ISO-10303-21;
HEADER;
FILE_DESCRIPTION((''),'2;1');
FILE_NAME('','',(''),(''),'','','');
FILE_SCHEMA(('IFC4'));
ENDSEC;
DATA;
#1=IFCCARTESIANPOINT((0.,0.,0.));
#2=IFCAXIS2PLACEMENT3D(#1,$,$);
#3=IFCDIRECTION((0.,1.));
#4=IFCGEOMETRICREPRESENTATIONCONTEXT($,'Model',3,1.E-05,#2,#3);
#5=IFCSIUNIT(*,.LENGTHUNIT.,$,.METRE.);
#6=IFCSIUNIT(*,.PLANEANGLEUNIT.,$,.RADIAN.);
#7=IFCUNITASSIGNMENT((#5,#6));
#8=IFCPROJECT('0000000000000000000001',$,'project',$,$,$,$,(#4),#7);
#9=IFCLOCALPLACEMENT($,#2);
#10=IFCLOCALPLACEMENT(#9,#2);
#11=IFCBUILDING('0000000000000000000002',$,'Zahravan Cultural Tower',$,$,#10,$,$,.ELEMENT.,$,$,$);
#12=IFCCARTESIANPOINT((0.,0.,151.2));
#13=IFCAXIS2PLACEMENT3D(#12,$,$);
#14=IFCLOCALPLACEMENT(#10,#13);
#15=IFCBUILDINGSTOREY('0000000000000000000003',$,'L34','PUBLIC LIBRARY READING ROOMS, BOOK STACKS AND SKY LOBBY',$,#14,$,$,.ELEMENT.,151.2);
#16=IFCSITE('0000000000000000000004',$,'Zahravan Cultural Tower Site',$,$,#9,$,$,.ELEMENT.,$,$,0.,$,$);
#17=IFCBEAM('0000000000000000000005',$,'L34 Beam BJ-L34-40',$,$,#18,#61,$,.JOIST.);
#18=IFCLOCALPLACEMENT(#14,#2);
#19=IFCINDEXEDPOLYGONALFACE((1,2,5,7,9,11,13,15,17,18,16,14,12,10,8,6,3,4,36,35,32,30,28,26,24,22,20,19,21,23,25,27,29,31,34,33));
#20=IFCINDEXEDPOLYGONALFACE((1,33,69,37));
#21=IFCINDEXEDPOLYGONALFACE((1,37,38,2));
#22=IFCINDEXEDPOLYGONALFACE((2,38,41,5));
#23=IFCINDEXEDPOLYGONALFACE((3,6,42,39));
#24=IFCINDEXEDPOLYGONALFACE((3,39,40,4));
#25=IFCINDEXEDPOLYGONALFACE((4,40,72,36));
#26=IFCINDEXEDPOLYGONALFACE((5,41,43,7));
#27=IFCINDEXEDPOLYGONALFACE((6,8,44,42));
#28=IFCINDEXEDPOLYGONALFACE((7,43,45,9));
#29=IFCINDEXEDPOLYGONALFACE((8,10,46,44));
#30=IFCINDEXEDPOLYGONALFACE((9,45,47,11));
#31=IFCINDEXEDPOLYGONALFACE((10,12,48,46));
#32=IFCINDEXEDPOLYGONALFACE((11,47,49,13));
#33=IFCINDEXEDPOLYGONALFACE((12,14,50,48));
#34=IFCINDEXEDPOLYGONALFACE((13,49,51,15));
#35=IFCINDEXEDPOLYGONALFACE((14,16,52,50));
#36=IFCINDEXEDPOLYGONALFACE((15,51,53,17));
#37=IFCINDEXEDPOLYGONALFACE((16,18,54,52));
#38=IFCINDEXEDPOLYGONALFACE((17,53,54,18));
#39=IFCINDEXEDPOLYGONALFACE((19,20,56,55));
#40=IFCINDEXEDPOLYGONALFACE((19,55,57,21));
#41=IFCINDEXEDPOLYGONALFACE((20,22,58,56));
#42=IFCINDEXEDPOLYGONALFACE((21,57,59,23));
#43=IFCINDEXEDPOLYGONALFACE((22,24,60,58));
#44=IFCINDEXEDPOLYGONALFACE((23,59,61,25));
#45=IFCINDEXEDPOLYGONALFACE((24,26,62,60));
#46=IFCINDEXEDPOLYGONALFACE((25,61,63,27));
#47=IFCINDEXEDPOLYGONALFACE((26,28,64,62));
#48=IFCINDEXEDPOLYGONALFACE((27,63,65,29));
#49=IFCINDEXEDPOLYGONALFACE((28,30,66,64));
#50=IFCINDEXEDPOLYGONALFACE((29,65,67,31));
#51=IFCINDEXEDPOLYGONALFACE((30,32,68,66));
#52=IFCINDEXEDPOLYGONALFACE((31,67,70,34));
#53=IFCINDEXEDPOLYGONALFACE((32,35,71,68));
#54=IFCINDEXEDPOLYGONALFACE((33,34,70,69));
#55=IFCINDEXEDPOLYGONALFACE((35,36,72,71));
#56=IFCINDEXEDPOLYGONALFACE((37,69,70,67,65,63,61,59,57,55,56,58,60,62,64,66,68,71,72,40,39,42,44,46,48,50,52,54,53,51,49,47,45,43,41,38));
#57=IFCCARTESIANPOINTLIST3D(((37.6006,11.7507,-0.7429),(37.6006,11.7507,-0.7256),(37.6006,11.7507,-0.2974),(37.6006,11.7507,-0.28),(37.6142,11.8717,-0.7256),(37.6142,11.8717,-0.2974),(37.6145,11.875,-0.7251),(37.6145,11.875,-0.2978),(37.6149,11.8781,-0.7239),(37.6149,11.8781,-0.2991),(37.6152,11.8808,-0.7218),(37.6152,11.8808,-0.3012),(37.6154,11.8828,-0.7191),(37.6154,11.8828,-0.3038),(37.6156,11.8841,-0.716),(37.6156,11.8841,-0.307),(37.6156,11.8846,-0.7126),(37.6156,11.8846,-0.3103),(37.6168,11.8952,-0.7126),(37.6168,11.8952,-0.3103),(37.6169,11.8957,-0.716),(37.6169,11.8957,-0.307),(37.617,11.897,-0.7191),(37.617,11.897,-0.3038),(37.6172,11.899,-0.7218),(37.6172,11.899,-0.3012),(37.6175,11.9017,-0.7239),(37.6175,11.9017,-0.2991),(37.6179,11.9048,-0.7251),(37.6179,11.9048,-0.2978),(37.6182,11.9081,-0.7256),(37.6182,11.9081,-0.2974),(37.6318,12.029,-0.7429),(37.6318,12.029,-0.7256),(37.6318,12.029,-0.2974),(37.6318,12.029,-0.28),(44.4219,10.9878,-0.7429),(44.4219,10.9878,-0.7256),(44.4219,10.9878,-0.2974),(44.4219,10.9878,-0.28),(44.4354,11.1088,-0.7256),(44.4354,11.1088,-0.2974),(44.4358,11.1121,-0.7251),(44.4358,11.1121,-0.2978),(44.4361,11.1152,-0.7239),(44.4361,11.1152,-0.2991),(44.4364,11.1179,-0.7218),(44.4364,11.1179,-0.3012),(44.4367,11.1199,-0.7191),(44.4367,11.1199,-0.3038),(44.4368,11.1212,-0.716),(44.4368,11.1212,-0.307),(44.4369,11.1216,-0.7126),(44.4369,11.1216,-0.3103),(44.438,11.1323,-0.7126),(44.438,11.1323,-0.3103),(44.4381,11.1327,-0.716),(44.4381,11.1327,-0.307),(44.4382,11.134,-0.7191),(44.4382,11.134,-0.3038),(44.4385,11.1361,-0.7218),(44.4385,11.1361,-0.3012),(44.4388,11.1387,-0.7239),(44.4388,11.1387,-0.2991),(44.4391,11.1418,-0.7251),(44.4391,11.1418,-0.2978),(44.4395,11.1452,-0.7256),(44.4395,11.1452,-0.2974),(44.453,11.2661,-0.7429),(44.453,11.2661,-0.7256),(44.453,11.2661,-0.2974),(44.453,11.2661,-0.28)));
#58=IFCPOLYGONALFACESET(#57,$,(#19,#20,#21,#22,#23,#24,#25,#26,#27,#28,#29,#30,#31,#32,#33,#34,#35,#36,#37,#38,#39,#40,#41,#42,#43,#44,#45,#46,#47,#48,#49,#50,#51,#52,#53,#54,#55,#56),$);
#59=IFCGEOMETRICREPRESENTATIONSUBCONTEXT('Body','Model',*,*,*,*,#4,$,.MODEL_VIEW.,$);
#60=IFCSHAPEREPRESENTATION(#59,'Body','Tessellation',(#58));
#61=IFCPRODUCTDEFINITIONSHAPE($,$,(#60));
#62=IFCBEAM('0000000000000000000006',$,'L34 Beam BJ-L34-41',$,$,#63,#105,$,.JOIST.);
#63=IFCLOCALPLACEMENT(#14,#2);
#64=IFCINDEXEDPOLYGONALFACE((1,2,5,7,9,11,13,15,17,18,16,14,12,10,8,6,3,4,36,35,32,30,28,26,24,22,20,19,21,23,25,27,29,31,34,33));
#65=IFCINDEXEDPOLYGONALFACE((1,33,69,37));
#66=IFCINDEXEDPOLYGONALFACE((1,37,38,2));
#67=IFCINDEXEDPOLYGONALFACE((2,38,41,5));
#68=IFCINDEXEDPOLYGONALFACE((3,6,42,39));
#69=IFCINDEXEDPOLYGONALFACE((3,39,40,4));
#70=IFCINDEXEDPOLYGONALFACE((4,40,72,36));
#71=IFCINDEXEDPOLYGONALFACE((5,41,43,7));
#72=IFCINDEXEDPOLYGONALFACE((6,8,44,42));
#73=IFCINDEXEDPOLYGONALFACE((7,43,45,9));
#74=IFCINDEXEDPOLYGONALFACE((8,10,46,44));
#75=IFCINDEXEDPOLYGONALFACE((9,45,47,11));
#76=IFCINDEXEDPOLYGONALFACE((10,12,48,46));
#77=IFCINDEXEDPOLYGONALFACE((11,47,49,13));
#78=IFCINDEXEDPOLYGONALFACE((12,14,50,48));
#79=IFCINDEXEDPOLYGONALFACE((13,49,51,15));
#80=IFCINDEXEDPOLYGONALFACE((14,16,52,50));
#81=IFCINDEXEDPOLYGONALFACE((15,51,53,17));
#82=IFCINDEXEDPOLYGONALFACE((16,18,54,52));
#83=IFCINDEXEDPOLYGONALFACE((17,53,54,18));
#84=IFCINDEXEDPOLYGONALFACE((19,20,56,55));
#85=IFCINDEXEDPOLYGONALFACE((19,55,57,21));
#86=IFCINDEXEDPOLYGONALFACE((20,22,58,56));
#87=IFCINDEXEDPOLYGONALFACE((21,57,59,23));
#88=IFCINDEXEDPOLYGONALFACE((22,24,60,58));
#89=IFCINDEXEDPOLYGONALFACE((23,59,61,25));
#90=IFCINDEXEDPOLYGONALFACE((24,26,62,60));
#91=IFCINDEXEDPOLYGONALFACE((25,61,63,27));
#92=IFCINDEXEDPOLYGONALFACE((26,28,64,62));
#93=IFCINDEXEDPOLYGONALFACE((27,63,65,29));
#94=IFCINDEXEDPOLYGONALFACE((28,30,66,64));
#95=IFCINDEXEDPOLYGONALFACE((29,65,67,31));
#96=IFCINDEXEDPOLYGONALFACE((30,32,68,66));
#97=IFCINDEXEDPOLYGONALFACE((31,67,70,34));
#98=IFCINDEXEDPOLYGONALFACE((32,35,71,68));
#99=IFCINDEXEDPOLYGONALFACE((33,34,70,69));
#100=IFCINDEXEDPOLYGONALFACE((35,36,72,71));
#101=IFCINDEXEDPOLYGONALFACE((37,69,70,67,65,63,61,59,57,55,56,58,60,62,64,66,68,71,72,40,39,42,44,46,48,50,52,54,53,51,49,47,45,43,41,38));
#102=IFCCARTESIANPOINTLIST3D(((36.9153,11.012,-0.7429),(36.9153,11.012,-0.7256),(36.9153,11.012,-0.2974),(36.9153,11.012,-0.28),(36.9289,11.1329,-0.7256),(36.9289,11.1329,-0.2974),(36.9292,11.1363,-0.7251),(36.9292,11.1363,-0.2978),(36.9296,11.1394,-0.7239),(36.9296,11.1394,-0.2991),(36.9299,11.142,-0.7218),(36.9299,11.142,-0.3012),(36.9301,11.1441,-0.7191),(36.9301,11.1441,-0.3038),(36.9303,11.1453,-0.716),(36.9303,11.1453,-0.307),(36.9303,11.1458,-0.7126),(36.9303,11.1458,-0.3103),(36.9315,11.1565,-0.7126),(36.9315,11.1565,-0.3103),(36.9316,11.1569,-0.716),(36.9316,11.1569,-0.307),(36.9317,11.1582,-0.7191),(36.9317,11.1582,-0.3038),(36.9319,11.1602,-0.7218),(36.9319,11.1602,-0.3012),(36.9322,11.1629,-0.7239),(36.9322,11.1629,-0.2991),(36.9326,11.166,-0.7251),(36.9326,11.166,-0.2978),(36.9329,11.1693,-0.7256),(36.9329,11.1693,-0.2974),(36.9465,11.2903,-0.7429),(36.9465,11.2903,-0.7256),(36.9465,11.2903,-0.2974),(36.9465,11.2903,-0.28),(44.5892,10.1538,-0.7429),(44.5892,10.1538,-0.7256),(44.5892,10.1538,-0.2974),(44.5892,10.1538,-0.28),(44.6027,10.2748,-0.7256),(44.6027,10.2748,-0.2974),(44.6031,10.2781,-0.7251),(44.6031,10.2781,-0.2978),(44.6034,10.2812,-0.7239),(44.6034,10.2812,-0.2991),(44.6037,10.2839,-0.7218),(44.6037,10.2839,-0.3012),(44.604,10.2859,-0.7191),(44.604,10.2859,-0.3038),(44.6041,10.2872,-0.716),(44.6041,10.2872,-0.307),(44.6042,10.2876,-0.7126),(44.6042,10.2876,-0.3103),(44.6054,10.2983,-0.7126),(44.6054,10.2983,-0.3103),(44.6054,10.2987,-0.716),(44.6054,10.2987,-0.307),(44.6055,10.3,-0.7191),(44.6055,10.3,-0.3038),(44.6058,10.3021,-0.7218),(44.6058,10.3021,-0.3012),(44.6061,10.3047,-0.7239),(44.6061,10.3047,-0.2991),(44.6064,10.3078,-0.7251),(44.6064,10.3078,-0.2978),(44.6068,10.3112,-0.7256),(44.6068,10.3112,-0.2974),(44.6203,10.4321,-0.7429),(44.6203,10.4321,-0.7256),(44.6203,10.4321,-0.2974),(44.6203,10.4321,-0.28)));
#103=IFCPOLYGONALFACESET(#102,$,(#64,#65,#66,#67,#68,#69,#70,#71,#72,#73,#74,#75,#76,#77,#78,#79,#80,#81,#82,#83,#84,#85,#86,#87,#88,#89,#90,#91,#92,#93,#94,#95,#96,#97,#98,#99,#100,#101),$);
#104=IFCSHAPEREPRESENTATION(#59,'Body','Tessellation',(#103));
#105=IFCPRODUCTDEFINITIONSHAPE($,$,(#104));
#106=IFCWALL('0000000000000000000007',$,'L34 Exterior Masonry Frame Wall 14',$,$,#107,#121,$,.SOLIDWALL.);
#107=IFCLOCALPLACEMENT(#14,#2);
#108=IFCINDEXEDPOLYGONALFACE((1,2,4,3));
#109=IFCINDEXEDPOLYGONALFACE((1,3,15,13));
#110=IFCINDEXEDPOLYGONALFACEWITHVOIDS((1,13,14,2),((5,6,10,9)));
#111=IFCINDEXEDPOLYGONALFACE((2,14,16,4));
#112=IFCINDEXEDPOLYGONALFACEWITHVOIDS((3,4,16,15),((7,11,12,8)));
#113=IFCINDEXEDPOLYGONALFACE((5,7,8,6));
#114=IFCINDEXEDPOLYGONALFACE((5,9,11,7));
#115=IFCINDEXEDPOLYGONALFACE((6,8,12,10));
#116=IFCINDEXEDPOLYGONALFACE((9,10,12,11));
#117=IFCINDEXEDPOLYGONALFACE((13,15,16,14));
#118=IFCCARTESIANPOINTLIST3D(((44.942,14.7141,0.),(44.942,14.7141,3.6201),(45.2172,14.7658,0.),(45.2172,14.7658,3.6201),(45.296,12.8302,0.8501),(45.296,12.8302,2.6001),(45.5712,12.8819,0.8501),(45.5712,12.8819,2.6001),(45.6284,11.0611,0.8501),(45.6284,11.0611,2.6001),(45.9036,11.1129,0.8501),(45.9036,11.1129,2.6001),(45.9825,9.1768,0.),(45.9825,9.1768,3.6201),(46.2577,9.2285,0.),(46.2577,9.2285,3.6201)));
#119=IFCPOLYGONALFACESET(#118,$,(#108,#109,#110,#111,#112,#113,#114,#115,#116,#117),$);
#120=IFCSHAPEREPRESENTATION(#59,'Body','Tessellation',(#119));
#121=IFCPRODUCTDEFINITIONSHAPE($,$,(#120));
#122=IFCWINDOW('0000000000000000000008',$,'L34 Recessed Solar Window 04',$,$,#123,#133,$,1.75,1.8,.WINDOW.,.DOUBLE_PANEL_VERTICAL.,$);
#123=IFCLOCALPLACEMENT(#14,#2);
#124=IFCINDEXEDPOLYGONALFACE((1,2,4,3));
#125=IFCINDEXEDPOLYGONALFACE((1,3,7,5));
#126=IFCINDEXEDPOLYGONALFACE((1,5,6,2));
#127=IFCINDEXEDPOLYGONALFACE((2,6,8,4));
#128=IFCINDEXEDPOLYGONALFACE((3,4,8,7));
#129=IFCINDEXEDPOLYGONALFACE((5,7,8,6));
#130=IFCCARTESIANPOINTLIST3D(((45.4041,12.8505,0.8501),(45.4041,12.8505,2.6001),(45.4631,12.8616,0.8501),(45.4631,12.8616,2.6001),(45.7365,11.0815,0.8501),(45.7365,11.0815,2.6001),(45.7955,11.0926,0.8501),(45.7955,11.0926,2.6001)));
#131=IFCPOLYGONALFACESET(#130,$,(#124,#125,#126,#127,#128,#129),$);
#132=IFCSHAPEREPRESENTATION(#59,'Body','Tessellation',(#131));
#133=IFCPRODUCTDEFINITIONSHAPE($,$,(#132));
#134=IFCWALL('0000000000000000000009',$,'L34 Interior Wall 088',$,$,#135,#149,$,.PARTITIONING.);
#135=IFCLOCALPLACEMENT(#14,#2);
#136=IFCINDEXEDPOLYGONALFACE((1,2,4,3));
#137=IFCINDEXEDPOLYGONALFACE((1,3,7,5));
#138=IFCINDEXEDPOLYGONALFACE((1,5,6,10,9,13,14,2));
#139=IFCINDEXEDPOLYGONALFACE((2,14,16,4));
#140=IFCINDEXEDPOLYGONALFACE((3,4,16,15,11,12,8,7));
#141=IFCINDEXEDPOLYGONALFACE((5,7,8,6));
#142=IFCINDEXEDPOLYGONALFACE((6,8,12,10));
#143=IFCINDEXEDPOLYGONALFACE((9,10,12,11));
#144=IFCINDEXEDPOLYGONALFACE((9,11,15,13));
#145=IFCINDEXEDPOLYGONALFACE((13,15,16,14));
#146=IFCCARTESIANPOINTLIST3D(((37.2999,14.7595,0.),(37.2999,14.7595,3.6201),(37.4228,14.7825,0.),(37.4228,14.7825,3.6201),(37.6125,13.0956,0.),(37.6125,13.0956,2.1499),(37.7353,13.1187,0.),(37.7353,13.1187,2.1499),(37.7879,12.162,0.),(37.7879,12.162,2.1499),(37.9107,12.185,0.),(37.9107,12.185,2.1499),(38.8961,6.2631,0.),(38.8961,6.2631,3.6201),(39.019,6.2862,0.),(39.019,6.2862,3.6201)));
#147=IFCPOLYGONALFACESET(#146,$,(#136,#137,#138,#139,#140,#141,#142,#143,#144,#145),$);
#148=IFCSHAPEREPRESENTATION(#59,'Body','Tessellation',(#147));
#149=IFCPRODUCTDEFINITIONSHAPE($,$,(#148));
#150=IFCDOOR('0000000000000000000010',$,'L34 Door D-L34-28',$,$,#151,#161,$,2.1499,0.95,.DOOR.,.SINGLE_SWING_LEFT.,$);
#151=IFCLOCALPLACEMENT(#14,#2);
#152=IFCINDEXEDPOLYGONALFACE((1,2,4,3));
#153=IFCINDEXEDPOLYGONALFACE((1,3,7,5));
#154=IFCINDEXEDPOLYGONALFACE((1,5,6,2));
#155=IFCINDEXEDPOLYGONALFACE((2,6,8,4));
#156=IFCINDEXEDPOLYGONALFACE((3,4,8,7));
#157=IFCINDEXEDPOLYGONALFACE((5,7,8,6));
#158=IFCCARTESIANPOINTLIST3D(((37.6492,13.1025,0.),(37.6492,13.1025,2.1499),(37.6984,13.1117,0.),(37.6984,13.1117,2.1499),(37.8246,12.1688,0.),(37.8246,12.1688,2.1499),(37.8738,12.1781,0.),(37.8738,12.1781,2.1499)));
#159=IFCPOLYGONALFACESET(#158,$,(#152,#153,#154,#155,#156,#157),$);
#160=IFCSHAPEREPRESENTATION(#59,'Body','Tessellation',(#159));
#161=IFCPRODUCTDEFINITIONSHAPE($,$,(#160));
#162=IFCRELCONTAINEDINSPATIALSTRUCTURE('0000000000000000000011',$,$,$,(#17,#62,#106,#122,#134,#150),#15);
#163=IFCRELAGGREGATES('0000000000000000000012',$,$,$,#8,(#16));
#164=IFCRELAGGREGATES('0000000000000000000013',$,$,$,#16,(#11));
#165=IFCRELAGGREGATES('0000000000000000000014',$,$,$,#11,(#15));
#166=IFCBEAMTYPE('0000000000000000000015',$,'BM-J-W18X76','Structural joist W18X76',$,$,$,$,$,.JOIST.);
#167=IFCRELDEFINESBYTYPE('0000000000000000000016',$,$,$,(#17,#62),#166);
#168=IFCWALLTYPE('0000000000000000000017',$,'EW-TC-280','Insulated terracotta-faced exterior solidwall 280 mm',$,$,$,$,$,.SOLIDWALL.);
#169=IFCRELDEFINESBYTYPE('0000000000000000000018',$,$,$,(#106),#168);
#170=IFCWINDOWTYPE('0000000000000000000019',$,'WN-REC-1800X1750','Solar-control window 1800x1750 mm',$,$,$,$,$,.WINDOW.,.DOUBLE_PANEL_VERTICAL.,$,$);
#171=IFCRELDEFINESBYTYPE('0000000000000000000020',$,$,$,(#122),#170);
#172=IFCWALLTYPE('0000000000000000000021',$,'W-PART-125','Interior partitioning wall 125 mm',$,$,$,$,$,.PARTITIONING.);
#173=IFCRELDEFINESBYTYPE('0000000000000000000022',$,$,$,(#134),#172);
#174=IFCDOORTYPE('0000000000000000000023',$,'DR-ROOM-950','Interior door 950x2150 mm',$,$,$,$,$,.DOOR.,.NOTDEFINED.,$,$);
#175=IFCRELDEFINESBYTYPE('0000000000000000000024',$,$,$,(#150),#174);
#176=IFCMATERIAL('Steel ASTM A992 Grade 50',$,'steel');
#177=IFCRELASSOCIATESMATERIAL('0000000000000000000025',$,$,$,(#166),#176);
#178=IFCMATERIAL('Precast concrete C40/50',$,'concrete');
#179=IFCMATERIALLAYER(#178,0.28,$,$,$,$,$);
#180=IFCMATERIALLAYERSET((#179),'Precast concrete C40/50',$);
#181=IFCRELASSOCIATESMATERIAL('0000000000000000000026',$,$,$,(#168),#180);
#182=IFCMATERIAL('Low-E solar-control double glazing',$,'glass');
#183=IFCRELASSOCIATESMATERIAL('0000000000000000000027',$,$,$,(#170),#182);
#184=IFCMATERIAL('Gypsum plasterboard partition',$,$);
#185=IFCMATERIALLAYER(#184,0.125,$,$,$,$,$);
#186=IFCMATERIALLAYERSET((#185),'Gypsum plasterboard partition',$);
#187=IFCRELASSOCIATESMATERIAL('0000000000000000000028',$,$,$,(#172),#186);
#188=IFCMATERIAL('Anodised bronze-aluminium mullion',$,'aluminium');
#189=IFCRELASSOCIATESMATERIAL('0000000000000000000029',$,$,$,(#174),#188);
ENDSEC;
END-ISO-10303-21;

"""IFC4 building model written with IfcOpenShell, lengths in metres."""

from ifc_helpers import new_model, si_unit, direction, frame, frame_2d, origin, origin_2d, place, context, subcontext, project, spatial, rectangle, i_section, extrude, source, transform, mapped, material, layer, layer_set, material_profile, profile_set, type_object, element, fill, save


model = new_model("IFC4")

# Units and contexts
model_context = context("Model", 3, precision=1e-05, world=origin(), true_north=direction((0.0, 1.0)))
body_context = subcontext(model_context, "Body", "Model", "MODEL_VIEW")
ifc_project = project(units=[si_unit("LENGTHUNIT", "METRE"), si_unit("PLANEANGLEUNIT", "RADIAN")], contexts=[model_context])

# Site, building, storey
site_placement = place(None, origin())
site = spatial("IfcSite", under=ifc_project, at=site_placement, Name="Zahravan Cultural Tower Site", CompositionType="ELEMENT", RefElevation=0.0)
building_placement = place(site_placement, origin())
building = spatial("IfcBuilding", under=site, at=building_placement, Name="Zahravan Cultural Tower", CompositionType="ELEMENT")
storey_placement = place(building_placement, frame((0.0, 0.0, 151.2)))
storey = spatial("IfcBuildingStorey", under=building, at=storey_placement, Name="L34", Description="PUBLIC LIBRARY READING ROOMS, BOOK STACKS AND SKY LOBBY", CompositionType="ELEMENT", Elevation=151.2)

# Shared definitions
ifc_material_1 = material(Name="Steel ASTM A992 Grade 50", Category="steel")

# Beams
ifc_material_profile_1 = material_profile(ifc_material_1, i_section(OverallWidth=0.28, OverallDepth=0.4629, WebThickness=0.0107, FlangeThickness=0.0173, FilletRadius=0.0129, at=origin_2d()), Name="W18X76")
ifc_profile_set_1 = profile_set([ifc_material_profile_1], Name="Steel ASTM A992 Grade 50")
beam_type_1 = type_object("IfcBeamType", Name="BM-J-W18X76", Description="Structural joist W18X76", PredefinedType="JOIST", material=ifc_profile_set_1)
shared_shape_1 = source(origin(), body_context, "Body", "SweptSolid", [
    extrude(i_section(OverallWidth=0.28, OverallDepth=0.4629, WebThickness=0.0107, FlangeThickness=0.0173, FilletRadius=0.0129, at=origin_2d()), origin(), (0.0, 0.0, 1.0), 6.8638),
])
beam_1_placement = place(storey_placement, frame((37.6162, 11.8899, -0.5115), z_axis=(0.993803, -0.111154, 0.0), x_axis=(0.111154, 0.993803, 0.0)))
element("IfcBeam", 1, at=beam_1_placement, inside=storey, type_object=beam_type_1, Name="L34 Beam BJ-L34-40", PredefinedType="JOIST", context=body_context, shape_type="MappedRepresentation", body=[
    mapped(shared_shape_1, transform((0.0, 0.0, 0.0), x_axis=(1.0, 0.0, 0.0), y_axis=(0.0, 1.0, 0.0), z_axis=(0.0, 0.0, 1.0), scale=1.0)),
])
shared_shape_2 = source(origin(), body_context, "Body", "SweptSolid", [
    extrude(i_section(OverallWidth=0.28, OverallDepth=0.4629, WebThickness=0.0107, FlangeThickness=0.0173, FilletRadius=0.0129, at=origin_2d()), origin(), (0.0, 0.0, 1.0), 7.7217),
])
beam_2_placement = place(storey_placement, frame((36.9309, 11.1511, -0.5115), z_axis=(0.993805, -0.111136, 0.0), x_axis=(0.111136, 0.993805, 0.0)))
element("IfcBeam", 2, at=beam_2_placement, inside=storey, type_object=beam_type_1, Name="L34 Beam BJ-L34-41", PredefinedType="JOIST", context=body_context, shape_type="MappedRepresentation", body=[
    mapped(shared_shape_2, transform((0.0, 0.0, 0.0), x_axis=(1.0, 0.0, 0.0), y_axis=(0.0, 1.0, 0.0), z_axis=(0.0, 0.0, 1.0), scale=1.0)),
])

# Wall, opening, window
ifc_material_2 = material(Name="Precast concrete C40/50", Category="concrete")
ifc_layer_1 = layer(ifc_material_2, 0.28)
ifc_layer_set_1 = layer_set([ifc_layer_1], Name="Precast concrete C40/50")
wall_type_1 = type_object("IfcWallType", Name="EW-TC-280", Description="Insulated terracotta-faced exterior solidwall 280 mm", PredefinedType="SOLIDWALL", material=ifc_layer_set_1)
wall_1_placement = place(storey_placement, frame((45.0796, 14.74, 0.0), z_axis=(0.0, 0.0, 1.0), x_axis=(0.184678, -0.982799, 0.0)))
wall_1 = element("IfcWall", 3, at=wall_1_placement, inside=storey, type_object=wall_type_1, Name="L34 Exterior Masonry Frame Wall 14", PredefinedType="SOLIDWALL", context=body_context, shape_type="SweptSolid", body=[
    extrude(rectangle(XDim=5.6343, YDim=0.28, at=frame_2d((2.8171, 0.0))), origin(), (0.0, 0.0, 1.0), 3.6201),
])
opening_1_placement = place(wall_1_placement, frame((1.917, 0.0, 0.8501)))
opening_1 = element("IfcOpeningElement", 4, at=opening_1_placement, cuts=wall_1, PredefinedType="OPENING", context=body_context, shape_type="SweptSolid", body=[
    extrude(rectangle(XDim=1.8, YDim=1.75, at=frame_2d((0.8999, 0.875))), frame((0.0, 0.1499, 0.0), z_axis=(0.0, -1.0, 0.0), x_axis=(1.0, 0.0, 0.0)), (0.0, 0.0, 1.0), 0.3),
])
ifc_material_3 = material(Name="Low-E solar-control double glazing", Category="glass")
window_type = type_object("IfcWindowType", Name="WN-REC-1800X1750", Description="Solar-control window 1800x1750 mm", PartitioningType="DOUBLE_PANEL_VERTICAL", PredefinedType="WINDOW", material=ifc_material_3)
shared_shape_3 = source(origin(), body_context, "Body", "SweptSolid", [
    extrude(rectangle(XDim=1.8, YDim=1.75, at=frame_2d((0.8999, 0.875))), frame((0.0, 0.03, 0.0), z_axis=(0.0, -1.0, 0.0), x_axis=(1.0, 0.0, 0.0)), (0.0, 0.0, 1.0), 0.0601),
])
window_placement = place(opening_1_placement, origin())
window = element("IfcWindow", 5, at=window_placement, inside=storey, type_object=window_type, Name="L34 Recessed Solar Window 04", OverallHeight=1.75, OverallWidth=1.8, PartitioningType="DOUBLE_PANEL_VERTICAL", PredefinedType="WINDOW", context=body_context, shape_type="MappedRepresentation", body=[
    mapped(shared_shape_3, transform((0.0, 0.0, 0.0), x_axis=(1.0, 0.0, 0.0), y_axis=(0.0, 1.0, 0.0), z_axis=(0.0, 0.0, 1.0), scale=1.0)),
])
fill(opening_1, window)

# Wall, opening, door
ifc_material_4 = material(Name="Gypsum plasterboard partition")
ifc_layer_2 = layer(ifc_material_4, 0.125)
ifc_layer_set_2 = layer_set([ifc_layer_2], Name="Gypsum plasterboard partition")
wall_type_2 = type_object("IfcWallType", Name="W-PART-125", Description="Interior partitioning wall 125 mm", PredefinedType="PARTITIONING", material=ifc_layer_set_2)
wall_2_placement = place(storey_placement, frame((37.3613, 14.771, 0.0), z_axis=(0.0, 0.0, 1.0), x_axis=(0.184638, -0.982807, 0.0)))
wall_2 = element("IfcWall", 6, at=wall_2_placement, inside=storey, type_object=wall_type_2, Name="L34 Interior Wall 088", PredefinedType="PARTITIONING", context=body_context, shape_type="SweptSolid", body=[
    extrude(rectangle(XDim=8.645, YDim=0.125, at=frame_2d((4.3225, 0.0))), origin(), (0.0, 0.0, 1.0), 3.6201),
])
opening_2_placement = place(wall_2_placement, frame((1.6929, 0.0, 0.0)))
opening_2 = element("IfcOpeningElement", 7, at=opening_2_placement, cuts=wall_2, PredefinedType="OPENING", context=body_context, shape_type="SweptSolid", body=[
    extrude(rectangle(XDim=0.95, YDim=2.1499, at=frame_2d((0.4751, 1.075))), frame((0.0, 0.0725, 0.0), z_axis=(0.0, -1.0, 0.0), x_axis=(1.0, 0.0, 0.0)), (0.0, 0.0, 1.0), 0.145),
])
ifc_material_5 = material(Name="Anodised bronze-aluminium mullion", Category="aluminium")
door_type = type_object("IfcDoorType", Name="DR-ROOM-950", Description="Interior door 950x2150 mm", OperationType="NOTDEFINED", PredefinedType="DOOR", material=ifc_material_5)
shared_shape_4 = source(origin(), body_context, "Body", "SweptSolid", [
    extrude(rectangle(XDim=0.95, YDim=2.1499, at=frame_2d((0.4751, 1.075))), frame((0.0, 0.0249, 0.0), z_axis=(0.0, -1.0, 0.0), x_axis=(1.0, 0.0, 0.0)), (0.0, 0.0, 1.0), 0.05),
])
door_1_placement = place(opening_2_placement, origin())
door_1 = element("IfcDoor", 8, at=door_1_placement, inside=storey, type_object=door_type, Name="L34 Door D-L34-28", OperationType="SINGLE_SWING_LEFT", OverallHeight=2.1499, OverallWidth=0.95, PredefinedType="DOOR", context=body_context, shape_type="MappedRepresentation", body=[
    mapped(shared_shape_4, transform((0.0, 0.0, 0.0), x_axis=(1.0, 0.0, 0.0), y_axis=(0.0, 1.0, 0.0), z_axis=(0.0, 0.0, 1.0), scale=1.0)),
])
fill(opening_2, door_1)

save(model, "model.ifc")
